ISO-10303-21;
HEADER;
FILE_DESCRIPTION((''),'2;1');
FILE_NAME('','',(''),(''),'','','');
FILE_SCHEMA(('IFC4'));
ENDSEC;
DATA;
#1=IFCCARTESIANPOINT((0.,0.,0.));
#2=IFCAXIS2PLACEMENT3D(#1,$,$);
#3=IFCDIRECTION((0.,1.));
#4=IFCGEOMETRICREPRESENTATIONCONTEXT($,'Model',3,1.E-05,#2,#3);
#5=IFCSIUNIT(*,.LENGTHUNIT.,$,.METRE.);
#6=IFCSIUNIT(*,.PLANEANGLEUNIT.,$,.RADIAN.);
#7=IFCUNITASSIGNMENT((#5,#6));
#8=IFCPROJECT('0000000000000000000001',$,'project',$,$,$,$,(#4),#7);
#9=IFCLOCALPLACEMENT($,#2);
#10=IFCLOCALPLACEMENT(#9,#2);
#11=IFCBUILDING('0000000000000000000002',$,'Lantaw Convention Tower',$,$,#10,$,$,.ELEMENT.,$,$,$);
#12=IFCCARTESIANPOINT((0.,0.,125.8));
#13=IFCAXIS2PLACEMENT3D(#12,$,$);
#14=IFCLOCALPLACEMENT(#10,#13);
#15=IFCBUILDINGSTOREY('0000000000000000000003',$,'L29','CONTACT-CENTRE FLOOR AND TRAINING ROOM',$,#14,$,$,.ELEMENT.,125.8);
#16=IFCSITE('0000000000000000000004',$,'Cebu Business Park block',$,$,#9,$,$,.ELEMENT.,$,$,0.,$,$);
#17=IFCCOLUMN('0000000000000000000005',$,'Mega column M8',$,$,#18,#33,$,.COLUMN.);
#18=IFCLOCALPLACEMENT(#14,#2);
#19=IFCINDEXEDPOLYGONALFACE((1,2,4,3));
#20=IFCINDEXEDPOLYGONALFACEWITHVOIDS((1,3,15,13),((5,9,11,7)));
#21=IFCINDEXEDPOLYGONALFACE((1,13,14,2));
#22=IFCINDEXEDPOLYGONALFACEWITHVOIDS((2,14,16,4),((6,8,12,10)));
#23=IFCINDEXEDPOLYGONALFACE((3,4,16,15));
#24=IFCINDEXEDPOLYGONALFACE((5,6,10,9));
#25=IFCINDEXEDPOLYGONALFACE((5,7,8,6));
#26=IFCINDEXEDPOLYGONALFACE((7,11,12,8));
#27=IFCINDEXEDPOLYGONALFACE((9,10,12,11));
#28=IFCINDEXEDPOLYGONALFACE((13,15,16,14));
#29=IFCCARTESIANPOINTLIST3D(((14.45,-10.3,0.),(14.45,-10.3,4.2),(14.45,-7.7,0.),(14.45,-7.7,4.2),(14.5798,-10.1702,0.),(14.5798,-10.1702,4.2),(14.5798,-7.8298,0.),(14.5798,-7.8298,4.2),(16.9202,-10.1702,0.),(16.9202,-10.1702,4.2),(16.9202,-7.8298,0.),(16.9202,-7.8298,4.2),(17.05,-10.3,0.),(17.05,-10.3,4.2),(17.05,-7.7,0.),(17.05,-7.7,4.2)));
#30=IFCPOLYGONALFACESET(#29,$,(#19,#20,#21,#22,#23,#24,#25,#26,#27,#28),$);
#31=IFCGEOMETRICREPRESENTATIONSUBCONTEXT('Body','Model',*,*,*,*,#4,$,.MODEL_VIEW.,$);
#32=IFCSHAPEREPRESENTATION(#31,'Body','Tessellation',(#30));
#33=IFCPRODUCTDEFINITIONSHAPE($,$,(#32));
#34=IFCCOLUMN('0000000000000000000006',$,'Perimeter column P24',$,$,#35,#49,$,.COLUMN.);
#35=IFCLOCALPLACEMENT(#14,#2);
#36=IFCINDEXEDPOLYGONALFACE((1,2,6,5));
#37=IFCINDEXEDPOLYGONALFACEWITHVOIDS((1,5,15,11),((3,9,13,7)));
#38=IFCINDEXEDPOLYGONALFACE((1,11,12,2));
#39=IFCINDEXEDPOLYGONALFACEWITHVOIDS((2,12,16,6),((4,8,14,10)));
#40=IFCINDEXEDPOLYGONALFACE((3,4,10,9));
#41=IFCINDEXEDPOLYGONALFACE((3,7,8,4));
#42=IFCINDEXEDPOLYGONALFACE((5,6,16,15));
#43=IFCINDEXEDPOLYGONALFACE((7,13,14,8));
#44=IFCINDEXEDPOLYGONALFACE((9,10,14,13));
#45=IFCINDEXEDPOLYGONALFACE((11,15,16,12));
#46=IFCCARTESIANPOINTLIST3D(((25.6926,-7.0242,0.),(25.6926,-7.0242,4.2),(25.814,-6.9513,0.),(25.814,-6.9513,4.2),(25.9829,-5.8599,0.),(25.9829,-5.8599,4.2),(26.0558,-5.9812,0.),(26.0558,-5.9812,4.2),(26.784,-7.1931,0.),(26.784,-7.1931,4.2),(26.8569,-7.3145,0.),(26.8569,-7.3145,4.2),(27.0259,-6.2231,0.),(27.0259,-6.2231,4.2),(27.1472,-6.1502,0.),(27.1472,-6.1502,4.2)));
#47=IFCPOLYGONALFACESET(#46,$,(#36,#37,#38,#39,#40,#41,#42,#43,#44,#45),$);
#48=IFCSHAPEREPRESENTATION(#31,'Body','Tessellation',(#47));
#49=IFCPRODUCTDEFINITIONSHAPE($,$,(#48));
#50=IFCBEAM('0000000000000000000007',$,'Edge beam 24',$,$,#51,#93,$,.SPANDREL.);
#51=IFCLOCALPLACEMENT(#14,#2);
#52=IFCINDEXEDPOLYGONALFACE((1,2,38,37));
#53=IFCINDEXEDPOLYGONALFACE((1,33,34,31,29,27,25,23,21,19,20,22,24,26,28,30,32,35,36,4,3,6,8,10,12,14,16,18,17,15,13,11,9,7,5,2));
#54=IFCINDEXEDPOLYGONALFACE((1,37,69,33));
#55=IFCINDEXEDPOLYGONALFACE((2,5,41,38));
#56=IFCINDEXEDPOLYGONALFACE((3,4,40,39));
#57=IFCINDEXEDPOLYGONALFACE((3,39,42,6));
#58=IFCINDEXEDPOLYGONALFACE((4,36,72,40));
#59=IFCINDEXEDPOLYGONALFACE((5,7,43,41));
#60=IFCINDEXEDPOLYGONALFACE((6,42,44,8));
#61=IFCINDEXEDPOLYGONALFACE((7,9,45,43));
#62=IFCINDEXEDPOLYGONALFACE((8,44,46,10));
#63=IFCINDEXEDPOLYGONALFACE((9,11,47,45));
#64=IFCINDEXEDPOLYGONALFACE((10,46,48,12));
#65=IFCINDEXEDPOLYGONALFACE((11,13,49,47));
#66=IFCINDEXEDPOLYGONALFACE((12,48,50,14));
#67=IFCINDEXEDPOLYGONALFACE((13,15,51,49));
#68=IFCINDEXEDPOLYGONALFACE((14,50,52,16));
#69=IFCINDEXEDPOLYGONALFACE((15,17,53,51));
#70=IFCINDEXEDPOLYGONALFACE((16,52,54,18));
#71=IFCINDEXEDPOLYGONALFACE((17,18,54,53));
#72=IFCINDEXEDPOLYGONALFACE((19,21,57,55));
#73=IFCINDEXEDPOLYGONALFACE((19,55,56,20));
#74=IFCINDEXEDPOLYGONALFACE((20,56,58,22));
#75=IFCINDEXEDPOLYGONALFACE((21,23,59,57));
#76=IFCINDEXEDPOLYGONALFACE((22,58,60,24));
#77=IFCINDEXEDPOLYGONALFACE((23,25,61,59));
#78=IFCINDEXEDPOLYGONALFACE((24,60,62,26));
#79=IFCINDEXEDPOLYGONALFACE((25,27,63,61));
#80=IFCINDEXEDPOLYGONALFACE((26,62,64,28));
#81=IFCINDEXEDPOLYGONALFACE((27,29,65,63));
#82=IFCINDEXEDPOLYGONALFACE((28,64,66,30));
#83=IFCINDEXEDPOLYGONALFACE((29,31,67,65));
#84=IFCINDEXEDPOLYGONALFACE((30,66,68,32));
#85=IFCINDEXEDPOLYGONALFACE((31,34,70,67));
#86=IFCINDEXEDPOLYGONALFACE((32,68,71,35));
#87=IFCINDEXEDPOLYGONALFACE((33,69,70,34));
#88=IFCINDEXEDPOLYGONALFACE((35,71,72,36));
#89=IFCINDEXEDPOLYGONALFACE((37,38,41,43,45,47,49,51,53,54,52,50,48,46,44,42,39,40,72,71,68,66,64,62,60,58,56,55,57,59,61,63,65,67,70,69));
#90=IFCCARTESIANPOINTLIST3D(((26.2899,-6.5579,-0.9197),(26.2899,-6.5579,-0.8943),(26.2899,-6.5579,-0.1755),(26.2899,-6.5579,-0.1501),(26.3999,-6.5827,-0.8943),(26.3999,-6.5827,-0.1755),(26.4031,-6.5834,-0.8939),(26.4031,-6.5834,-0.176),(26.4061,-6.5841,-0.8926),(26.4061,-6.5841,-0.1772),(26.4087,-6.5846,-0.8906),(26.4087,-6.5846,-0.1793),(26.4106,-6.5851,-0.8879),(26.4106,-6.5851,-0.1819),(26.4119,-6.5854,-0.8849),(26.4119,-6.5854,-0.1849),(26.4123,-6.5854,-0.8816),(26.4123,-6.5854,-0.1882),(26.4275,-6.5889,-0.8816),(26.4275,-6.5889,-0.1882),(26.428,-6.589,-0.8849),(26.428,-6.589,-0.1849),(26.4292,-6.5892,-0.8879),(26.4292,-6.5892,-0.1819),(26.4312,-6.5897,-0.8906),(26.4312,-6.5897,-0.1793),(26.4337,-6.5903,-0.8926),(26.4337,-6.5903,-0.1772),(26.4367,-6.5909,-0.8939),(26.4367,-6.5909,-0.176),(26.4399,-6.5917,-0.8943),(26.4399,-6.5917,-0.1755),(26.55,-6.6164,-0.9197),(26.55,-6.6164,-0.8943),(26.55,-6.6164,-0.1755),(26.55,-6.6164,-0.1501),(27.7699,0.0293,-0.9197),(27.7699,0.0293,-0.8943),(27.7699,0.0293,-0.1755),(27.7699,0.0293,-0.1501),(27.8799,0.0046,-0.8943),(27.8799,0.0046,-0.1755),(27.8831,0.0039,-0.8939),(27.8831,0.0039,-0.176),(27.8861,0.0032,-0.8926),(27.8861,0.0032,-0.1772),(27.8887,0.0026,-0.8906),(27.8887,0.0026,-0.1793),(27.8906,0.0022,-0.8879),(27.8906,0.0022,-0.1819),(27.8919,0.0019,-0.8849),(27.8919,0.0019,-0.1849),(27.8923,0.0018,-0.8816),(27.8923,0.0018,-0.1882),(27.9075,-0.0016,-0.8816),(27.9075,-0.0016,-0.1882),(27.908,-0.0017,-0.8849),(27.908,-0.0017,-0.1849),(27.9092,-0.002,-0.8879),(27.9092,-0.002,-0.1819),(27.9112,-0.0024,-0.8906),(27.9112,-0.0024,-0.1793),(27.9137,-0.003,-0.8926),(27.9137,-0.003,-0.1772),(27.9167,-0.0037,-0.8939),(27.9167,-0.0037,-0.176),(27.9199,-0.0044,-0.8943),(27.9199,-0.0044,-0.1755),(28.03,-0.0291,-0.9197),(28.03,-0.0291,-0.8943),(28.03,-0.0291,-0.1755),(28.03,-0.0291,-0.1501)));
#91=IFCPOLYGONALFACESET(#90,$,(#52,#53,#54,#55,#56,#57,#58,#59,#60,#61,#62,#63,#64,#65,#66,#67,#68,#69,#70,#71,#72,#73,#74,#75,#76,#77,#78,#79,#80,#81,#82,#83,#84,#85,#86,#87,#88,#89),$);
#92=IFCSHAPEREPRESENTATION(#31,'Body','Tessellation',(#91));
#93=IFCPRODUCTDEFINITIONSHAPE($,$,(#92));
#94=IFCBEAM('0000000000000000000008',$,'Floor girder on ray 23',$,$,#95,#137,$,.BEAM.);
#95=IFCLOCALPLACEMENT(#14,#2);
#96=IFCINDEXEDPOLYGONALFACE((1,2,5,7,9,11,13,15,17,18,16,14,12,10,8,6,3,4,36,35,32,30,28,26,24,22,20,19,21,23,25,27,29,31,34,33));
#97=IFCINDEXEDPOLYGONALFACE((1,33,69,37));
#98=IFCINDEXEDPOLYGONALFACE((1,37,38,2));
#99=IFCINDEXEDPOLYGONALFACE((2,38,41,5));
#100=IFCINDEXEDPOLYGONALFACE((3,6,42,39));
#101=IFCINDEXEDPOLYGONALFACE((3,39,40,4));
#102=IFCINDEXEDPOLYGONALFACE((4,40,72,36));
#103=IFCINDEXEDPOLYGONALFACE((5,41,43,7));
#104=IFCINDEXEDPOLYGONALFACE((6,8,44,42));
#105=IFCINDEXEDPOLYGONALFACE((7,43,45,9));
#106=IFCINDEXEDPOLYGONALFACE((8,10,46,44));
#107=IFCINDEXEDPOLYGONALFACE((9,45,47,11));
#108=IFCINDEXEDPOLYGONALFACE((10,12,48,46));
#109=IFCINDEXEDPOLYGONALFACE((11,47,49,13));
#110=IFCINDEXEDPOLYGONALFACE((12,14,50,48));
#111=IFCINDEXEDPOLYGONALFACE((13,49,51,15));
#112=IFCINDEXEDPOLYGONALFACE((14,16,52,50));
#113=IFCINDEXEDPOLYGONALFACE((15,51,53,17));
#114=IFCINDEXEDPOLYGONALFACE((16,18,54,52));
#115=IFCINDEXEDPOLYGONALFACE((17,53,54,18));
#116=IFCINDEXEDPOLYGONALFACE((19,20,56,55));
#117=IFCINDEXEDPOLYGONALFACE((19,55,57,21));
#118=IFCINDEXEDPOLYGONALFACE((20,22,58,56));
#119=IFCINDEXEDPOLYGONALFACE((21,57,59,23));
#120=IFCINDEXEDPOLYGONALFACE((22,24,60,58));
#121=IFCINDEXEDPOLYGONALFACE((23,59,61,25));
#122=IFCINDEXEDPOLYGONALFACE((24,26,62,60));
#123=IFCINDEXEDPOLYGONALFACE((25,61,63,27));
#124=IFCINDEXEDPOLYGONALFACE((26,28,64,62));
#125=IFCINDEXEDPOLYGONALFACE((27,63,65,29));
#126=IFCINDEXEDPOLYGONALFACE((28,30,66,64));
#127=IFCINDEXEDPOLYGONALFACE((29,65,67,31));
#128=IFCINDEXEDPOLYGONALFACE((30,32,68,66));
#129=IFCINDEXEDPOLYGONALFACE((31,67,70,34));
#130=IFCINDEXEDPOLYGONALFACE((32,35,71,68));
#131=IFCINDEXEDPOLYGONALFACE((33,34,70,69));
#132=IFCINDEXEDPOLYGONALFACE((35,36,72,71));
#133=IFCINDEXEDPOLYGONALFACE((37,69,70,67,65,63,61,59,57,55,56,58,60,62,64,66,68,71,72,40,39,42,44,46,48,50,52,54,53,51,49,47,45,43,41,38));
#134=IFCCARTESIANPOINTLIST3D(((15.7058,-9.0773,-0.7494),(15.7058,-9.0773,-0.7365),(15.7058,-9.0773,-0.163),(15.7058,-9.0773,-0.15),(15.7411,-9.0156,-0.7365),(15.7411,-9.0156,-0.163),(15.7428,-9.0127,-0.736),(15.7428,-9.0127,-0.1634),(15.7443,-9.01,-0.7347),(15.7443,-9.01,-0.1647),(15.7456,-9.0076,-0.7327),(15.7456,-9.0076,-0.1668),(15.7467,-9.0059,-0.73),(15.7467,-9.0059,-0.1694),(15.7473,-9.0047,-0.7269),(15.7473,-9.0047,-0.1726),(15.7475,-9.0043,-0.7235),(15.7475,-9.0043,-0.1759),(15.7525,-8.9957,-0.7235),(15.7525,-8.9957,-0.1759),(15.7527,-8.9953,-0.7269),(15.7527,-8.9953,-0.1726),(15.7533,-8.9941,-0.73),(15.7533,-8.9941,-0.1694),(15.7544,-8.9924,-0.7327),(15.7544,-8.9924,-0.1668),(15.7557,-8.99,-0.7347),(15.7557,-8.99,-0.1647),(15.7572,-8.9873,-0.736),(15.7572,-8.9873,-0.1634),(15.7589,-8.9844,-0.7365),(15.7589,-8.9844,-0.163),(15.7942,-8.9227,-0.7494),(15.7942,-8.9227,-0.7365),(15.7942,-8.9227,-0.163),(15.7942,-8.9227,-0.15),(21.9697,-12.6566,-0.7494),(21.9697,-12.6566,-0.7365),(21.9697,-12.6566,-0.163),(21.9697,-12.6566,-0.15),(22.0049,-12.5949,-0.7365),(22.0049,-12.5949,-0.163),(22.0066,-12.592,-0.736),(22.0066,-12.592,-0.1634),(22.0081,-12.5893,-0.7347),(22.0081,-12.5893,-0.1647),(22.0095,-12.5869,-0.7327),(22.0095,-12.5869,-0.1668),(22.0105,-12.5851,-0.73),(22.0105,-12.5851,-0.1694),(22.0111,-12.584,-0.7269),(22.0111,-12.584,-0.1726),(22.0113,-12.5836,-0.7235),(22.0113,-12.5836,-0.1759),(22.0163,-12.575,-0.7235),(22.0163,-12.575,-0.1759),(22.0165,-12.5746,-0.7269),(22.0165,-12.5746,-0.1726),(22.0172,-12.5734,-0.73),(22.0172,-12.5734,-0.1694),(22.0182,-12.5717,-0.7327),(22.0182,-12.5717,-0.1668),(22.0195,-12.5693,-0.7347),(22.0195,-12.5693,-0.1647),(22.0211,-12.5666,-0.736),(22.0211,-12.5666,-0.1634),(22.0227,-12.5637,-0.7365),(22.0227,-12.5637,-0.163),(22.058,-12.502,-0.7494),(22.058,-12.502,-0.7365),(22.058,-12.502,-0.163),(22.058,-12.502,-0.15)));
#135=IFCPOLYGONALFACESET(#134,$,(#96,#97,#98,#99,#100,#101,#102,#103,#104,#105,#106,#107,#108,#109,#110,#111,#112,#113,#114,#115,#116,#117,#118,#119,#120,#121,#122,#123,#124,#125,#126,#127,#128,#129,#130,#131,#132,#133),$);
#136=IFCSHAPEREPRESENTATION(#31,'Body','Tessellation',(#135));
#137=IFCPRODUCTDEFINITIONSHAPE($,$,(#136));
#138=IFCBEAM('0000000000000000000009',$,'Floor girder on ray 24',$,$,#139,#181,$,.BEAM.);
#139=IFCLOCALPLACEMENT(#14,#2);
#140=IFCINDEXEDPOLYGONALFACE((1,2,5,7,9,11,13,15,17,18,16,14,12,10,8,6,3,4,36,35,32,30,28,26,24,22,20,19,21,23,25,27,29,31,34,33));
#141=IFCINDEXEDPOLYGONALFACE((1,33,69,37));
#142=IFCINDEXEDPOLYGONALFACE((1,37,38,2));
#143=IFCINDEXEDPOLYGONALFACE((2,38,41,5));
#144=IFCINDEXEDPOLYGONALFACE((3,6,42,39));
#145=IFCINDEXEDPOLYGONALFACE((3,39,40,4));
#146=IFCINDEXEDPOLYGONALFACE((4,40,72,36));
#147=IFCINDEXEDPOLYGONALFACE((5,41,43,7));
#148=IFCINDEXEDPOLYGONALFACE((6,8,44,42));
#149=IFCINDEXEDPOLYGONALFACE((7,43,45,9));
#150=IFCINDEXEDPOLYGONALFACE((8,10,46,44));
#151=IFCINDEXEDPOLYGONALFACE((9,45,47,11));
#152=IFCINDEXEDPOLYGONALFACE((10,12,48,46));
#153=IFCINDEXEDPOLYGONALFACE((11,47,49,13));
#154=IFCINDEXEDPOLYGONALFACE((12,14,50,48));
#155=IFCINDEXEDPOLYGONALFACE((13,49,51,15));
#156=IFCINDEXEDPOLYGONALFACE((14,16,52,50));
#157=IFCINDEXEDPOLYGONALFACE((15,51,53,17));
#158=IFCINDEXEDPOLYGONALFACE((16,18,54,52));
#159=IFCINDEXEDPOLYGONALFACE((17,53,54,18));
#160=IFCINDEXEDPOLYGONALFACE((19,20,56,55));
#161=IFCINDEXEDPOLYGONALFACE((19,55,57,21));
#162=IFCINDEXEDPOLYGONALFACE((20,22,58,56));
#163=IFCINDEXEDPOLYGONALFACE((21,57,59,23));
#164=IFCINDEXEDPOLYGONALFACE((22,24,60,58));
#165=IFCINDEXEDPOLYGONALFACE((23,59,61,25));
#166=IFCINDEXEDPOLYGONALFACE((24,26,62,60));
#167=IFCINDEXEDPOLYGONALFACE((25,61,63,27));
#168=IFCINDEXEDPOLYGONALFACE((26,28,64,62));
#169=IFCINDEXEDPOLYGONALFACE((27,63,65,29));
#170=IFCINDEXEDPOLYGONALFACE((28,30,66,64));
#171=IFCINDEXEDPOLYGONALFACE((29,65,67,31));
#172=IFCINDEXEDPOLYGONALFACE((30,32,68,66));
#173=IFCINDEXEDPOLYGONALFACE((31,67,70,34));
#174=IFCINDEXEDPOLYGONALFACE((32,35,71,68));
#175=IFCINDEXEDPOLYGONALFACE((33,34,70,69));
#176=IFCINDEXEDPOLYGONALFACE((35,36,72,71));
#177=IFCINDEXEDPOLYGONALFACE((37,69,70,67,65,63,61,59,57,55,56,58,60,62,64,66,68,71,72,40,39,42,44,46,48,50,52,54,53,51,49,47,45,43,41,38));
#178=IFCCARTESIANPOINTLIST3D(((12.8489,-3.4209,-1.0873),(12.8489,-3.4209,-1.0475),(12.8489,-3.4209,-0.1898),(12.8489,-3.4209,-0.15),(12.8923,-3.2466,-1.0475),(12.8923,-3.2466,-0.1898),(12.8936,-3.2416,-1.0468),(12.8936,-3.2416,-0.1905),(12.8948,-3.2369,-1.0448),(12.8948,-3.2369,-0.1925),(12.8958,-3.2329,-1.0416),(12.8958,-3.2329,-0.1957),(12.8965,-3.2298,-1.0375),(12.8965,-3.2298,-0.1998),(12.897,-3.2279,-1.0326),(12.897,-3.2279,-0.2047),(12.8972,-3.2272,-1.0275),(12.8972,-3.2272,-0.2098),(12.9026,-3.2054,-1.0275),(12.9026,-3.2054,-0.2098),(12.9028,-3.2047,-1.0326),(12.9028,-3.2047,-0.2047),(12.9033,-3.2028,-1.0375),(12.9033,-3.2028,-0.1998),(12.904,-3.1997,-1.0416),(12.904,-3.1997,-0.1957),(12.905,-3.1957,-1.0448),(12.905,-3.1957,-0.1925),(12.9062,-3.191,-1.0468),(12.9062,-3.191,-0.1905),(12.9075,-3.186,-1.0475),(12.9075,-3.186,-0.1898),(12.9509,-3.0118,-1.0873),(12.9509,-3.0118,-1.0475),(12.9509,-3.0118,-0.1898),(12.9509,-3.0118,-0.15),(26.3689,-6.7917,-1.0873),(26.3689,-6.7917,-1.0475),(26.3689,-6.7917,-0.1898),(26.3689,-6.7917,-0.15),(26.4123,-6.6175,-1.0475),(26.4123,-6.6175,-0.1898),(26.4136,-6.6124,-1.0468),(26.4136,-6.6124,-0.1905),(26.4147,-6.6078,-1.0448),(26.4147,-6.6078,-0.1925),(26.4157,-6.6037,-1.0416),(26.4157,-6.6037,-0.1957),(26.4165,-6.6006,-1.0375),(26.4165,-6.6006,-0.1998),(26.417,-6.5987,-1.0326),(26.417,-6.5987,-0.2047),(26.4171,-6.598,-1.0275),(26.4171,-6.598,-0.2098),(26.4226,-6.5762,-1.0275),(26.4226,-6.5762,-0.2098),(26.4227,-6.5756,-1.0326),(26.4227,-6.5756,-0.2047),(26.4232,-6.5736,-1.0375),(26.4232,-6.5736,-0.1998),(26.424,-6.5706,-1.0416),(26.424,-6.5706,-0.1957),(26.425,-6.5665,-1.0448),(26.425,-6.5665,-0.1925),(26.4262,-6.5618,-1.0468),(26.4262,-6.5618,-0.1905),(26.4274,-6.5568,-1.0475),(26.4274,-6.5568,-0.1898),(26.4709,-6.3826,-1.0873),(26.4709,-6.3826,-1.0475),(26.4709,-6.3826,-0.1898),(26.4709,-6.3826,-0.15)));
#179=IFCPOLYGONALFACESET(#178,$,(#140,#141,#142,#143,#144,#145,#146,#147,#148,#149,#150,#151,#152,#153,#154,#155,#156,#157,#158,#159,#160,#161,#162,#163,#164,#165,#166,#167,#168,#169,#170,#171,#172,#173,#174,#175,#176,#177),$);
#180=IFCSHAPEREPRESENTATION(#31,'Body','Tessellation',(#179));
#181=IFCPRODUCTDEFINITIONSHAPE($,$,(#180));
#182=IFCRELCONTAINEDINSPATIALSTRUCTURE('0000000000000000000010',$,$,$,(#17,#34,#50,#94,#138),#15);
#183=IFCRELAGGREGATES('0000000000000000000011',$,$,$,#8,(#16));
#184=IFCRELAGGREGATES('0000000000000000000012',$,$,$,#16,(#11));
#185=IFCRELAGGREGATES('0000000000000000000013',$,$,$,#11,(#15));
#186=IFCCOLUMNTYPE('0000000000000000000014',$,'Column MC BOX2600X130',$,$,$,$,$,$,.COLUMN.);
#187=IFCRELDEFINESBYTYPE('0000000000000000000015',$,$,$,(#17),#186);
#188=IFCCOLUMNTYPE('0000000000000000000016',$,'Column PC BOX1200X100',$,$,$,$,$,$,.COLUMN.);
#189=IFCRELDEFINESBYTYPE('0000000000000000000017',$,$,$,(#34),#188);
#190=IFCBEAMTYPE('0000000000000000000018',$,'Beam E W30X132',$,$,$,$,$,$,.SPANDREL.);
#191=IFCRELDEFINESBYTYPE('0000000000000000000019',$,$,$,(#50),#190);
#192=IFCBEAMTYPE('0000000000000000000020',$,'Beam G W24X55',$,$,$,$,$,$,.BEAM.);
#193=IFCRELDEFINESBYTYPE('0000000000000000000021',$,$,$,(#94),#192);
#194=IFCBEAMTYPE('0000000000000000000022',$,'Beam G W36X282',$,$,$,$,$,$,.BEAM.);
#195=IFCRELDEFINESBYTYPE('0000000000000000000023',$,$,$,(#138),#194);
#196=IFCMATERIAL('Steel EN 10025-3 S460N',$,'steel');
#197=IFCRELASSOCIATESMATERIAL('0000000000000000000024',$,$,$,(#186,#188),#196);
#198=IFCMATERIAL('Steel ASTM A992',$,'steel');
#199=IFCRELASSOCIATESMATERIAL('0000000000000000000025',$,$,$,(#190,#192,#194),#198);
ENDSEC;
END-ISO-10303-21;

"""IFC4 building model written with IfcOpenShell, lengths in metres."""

from ifc_helpers import new_model, si_unit, direction, frame, origin, origin_2d, place, context, subcontext, project, spatial, rectangle, hollow_rectangle, i_section, extrude, material, material_profile, profile_set, type_object, element, save


model = new_model("IFC4")

# Units and contexts
model_context = context("Model", 3, precision=1e-05, world=origin(), true_north=direction((0.0, 1.0)))
body_context = subcontext(model_context, "Body", "Model", "MODEL_VIEW")
ifc_project = project(units=[si_unit("LENGTHUNIT", "METRE"), si_unit("PLANEANGLEUNIT", "RADIAN")], contexts=[model_context])

# Site, building, storey
site_placement = place(None, origin())
site = spatial("IfcSite", under=ifc_project, at=site_placement, Name="Cebu Business Park block", CompositionType="ELEMENT", RefElevation=0.0)
building_placement = place(site_placement, origin())
building = spatial("IfcBuilding", under=site, at=building_placement, Name="Lantaw Convention Tower", CompositionType="ELEMENT")
storey_placement = place(building_placement, frame((0.0, 0.0, 125.8)))
storey = spatial("IfcBuildingStorey", under=building, at=storey_placement, Name="L29", Description="CONTACT-CENTRE FLOOR AND TRAINING ROOM", CompositionType="ELEMENT", Elevation=125.8)

# Columns
ifc_material_1 = material(Name="Steel EN 10025-3 S460N", Category="steel")
ifc_material_profile_1 = material_profile(ifc_material_1, hollow_rectangle(XDim=2.6001, YDim=2.6001, WallThickness=0.1299, at=origin_2d()), Name="BOX2600X130")
ifc_material_2 = material(Name="Concrete C60/75", Category="concrete")
ifc_material_profile_2 = material_profile(ifc_material_2, rectangle(XDim=2.3401, YDim=2.3401, at=origin_2d()), Name="Concrete fill of BOX2600X130")
ifc_profile_set_1 = profile_set([ifc_material_profile_1, ifc_material_profile_2], Name="Steel EN 10025-3 S460N")
column_type_1 = type_object("IfcColumnType", Name="Column MC BOX2600X130", PredefinedType="COLUMN", material=ifc_profile_set_1)
column_1_placement = place(storey_placement, frame((15.75, -9.0, 0.0), z_axis=(0.0, 0.0, 1.0), x_axis=(1.0, 0.0, 0.0)))
element("IfcColumn", 1, at=column_1_placement, inside=storey, type_object=column_type_1, Name="Mega column M8", PredefinedType="COLUMN", context=body_context, shape_type="SweptSolid", body=[
    extrude(hollow_rectangle(XDim=2.6001, YDim=2.6001, WallThickness=0.1299, at=origin_2d()), origin(), (0.0, 0.0, 1.0), 4.2),
])
ifc_material_profile_3 = material_profile(ifc_material_1, hollow_rectangle(XDim=1.2, YDim=1.2, WallThickness=0.1001, at=origin_2d()), Name="BOX1200X100")
ifc_material_profile_4 = material_profile(ifc_material_2, rectangle(XDim=1.0, YDim=1.0, at=origin_2d()), Name="Concrete fill of BOX1200X100")
ifc_profile_set_2 = profile_set([ifc_material_profile_3, ifc_material_profile_4], Name="Steel EN 10025-3 S460N")
column_type_2 = type_object("IfcColumnType", Name="Column PC BOX1200X100", PredefinedType="COLUMN", material=ifc_profile_set_2)
column_2_placement = place(storey_placement, frame((26.4199, -6.5872, 0.0), z_axis=(0.0, 0.0, 1.0), x_axis=(0.241922, 0.970296, 0.0)))
element("IfcColumn", 2, at=column_2_placement, inside=storey, type_object=column_type_2, Name="Perimeter column P24", PredefinedType="COLUMN", context=body_context, shape_type="SweptSolid", body=[
    extrude(hollow_rectangle(XDim=1.2, YDim=1.2, WallThickness=0.1001, at=origin_2d()), origin(), (0.0, 0.0, 1.0), 4.2),
])

# Beams
ifc_material_3 = material(Name="Steel ASTM A992", Category="steel")
ifc_material_profile_5 = material_profile(ifc_material_3, i_section(OverallWidth=0.2666, OverallDepth=0.7695, WebThickness=0.0156, FlangeThickness=0.0254, FilletRadius=0.0127, at=origin_2d()), Name="W30X132")
ifc_profile_set_3 = profile_set([ifc_material_profile_5], Name="Steel ASTM A992")
beam_type_1 = type_object("IfcBeamType", Name="Beam E W30X132", PredefinedType="SPANDREL", material=ifc_profile_set_3)
beam_1_placement = place(storey_placement, frame((26.4199, -6.5872, -0.5349), z_axis=(0.219212, 0.975677, 0.0), x_axis=(-0.975677, 0.219212, 0.0)))
element("IfcBeam", 3, at=beam_1_placement, inside=storey, type_object=beam_type_1, Name="Edge beam 24", PredefinedType="SPANDREL", context=body_context, shape_type="SweptSolid", body=[
    extrude(i_section(OverallWidth=0.2666, OverallDepth=0.7695, WebThickness=0.0156, FlangeThickness=0.0254, FilletRadius=0.0127, at=origin_2d()), origin(), (0.0, 0.0, 1.0), 6.7515),
])
ifc_material_profile_6 = material_profile(ifc_material_3, i_section(OverallWidth=0.178, OverallDepth=0.5994, WebThickness=0.01, FlangeThickness=0.0129, FilletRadius=0.0129, at=origin_2d()), Name="W24X55")
ifc_profile_set_4 = profile_set([ifc_material_profile_6], Name="Steel ASTM A992")
beam_type_2 = type_object("IfcBeamType", Name="Beam G W24X55", PredefinedType="BEAM", material=ifc_profile_set_4)
beam_2_placement = place(storey_placement, frame((15.75, -9.0, -0.4497), z_axis=(0.868245, -0.496135, 0.0), x_axis=(0.496135, 0.868245, 0.0)))
element("IfcBeam", 4, at=beam_2_placement, inside=storey, type_object=beam_type_2, Name="Floor girder on ray 23", PredefinedType="BEAM", context=body_context, shape_type="SweptSolid", body=[
    extrude(i_section(OverallWidth=0.178, OverallDepth=0.5994, WebThickness=0.01, FlangeThickness=0.0129, FilletRadius=0.0129, at=origin_2d()), origin(), (0.0, 0.0, 1.0), 7.2144),
])
ifc_material_profile_7 = material_profile(ifc_material_3, i_section(OverallWidth=0.4216, OverallDepth=0.9373, WebThickness=0.0225, FlangeThickness=0.0398, FilletRadius=0.02, at=origin_2d()), Name="W36X282")
ifc_profile_set_5 = profile_set([ifc_material_profile_7], Name="Steel ASTM A992")
beam_type_3 = type_object("IfcBeamType", Name="Beam G W36X282", PredefinedType="BEAM", material=ifc_profile_set_5)
beam_3_placement = place(storey_placement, frame((12.8999, -3.2163, -0.6187), z_axis=(0.970297, -0.241917, 0.0), x_axis=(0.241917, 0.970297, 0.0)))
element("IfcBeam", 5, at=beam_3_placement, inside=storey, type_object=beam_type_3, Name="Floor girder on ray 24", PredefinedType="BEAM", context=body_context, shape_type="SweptSolid", body=[
    extrude(i_section(OverallWidth=0.4216, OverallDepth=0.9373, WebThickness=0.0225, FlangeThickness=0.0398, FilletRadius=0.02, at=origin_2d()), origin(), (0.0, 0.0, 1.0), 13.9338),
])

save(model, "model.ifc")
